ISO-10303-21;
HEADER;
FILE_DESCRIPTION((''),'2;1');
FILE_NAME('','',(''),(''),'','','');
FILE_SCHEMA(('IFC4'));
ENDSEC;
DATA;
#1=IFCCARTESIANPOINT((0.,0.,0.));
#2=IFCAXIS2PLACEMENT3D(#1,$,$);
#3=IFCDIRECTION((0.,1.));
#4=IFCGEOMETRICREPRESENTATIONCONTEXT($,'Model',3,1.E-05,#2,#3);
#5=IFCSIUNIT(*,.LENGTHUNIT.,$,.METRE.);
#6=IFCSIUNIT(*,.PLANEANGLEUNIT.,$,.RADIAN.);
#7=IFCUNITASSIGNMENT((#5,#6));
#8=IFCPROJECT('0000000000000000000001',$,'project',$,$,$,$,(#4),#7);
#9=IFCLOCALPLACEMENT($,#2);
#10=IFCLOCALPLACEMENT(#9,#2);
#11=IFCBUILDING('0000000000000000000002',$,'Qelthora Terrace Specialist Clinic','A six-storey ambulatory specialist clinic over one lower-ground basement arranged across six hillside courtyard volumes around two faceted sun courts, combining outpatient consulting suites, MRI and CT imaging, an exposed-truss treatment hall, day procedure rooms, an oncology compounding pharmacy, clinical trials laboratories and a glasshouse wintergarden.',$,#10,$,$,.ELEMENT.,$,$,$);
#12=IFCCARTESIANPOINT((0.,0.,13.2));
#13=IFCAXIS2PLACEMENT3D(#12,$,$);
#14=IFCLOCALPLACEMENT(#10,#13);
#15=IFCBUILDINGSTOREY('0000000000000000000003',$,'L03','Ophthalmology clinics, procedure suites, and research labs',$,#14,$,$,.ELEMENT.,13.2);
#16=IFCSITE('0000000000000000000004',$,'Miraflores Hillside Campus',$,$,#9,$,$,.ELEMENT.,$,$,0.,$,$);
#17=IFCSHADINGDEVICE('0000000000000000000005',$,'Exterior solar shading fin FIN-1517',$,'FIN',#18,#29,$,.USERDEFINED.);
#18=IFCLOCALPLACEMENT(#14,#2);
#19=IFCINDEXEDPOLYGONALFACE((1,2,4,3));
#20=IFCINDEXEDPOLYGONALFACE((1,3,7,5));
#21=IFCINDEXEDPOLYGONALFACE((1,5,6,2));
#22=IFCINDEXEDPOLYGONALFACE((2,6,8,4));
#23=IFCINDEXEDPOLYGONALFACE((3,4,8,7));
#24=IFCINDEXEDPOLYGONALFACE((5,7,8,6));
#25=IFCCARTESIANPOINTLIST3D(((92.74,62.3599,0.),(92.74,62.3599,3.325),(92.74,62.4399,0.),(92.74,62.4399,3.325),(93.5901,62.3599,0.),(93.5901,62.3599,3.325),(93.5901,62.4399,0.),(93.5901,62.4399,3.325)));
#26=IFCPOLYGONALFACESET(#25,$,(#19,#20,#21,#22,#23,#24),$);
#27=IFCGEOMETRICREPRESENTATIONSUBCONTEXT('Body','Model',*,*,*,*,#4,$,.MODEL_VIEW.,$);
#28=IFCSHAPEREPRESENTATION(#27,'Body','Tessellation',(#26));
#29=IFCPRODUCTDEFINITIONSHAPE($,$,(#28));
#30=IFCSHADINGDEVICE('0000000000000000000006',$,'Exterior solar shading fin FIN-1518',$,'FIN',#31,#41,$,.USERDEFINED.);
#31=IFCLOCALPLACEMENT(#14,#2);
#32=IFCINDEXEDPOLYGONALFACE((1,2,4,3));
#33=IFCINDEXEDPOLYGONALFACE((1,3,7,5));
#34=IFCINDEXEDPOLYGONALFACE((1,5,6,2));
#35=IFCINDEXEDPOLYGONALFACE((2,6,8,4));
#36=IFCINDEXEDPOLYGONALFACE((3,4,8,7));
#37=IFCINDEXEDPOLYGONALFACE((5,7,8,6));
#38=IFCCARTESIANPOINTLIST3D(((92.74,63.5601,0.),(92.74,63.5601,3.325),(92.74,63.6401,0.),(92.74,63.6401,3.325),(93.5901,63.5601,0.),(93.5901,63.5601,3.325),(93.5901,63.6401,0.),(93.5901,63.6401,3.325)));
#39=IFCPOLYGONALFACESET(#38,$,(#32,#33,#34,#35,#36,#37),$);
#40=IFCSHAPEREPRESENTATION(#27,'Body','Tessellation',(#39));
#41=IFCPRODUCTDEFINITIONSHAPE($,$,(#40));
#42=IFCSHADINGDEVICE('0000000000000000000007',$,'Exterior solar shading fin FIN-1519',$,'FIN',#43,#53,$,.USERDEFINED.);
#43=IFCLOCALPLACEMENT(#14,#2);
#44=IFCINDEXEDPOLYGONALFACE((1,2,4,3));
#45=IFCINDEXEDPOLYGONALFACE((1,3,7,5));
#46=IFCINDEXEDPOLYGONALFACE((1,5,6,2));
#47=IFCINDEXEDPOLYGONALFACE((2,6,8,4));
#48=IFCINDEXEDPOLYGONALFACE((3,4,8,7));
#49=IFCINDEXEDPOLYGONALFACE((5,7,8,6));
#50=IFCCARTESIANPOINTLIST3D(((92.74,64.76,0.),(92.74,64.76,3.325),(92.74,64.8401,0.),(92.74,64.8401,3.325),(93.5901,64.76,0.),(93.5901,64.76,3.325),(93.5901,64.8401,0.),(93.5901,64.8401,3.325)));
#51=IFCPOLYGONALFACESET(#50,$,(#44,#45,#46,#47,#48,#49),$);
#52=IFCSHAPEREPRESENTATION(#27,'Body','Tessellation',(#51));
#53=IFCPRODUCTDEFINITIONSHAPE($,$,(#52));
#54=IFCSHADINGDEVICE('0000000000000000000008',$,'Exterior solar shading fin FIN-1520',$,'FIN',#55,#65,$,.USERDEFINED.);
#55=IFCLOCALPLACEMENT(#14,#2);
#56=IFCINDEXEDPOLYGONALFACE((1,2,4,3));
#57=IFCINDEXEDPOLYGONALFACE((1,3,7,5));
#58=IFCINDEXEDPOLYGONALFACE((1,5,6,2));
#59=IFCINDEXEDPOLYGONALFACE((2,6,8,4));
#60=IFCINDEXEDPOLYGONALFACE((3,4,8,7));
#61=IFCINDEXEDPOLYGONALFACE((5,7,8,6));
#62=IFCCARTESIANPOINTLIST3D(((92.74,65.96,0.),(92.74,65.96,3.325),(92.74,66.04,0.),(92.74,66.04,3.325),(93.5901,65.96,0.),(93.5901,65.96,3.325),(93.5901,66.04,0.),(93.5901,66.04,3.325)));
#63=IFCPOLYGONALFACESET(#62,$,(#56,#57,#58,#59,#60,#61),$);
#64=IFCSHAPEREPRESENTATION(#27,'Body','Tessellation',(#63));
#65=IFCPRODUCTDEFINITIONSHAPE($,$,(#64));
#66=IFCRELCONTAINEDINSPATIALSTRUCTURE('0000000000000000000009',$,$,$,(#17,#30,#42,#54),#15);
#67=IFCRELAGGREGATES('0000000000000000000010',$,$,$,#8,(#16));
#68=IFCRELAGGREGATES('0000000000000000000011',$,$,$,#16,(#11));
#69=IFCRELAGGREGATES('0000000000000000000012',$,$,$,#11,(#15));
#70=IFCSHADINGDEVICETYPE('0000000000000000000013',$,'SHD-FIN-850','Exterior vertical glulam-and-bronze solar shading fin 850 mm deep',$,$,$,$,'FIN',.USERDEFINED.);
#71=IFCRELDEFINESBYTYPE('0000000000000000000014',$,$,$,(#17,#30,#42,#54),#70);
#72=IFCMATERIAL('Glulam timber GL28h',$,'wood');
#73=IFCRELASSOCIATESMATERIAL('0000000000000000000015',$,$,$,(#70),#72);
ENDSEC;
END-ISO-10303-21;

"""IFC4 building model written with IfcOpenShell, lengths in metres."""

from ifc_helpers import new_model, si_unit, direction, frame, origin, origin_2d, place, context, subcontext, project, spatial, rectangle, extrude, material, type_object, element, save


model = new_model("IFC4")

# Units and contexts
model_context = context("Model", 3, precision=1e-05, world=origin(), true_north=direction((0.0, 1.0)))
body_context = subcontext(model_context, "Body", "Model", "MODEL_VIEW")
ifc_project = project(units=[si_unit("LENGTHUNIT", "METRE"), si_unit("PLANEANGLEUNIT", "RADIAN")], contexts=[model_context])

# Site, building, storey
site_placement = place(None, origin())
site = spatial("IfcSite", under=ifc_project, at=site_placement, Name="Miraflores Hillside Campus", CompositionType="ELEMENT", RefElevation=0.0)
building_placement = place(site_placement, origin())
building = spatial("IfcBuilding", under=site, at=building_placement, Name="Qelthora Terrace Specialist Clinic", Description="A six-storey ambulatory specialist clinic over one lower-ground basement arranged across six hillside courtyard volumes around two faceted sun courts, combining outpatient consulting suites, MRI and CT imaging, an exposed-truss treatment hall, day procedure rooms, an oncology compounding pharmacy, clinical trials laboratories and a glasshouse wintergarden.", CompositionType="ELEMENT")
storey_placement = place(building_placement, frame((0.0, 0.0, 13.2)))
storey = spatial("IfcBuildingStorey", under=building, at=storey_placement, Name="L03", Description="Ophthalmology clinics, procedure suites, and research labs", CompositionType="ELEMENT", Elevation=13.2)

# Shading devices
ifc_material_1 = material(Name="Glulam timber GL28h", Category="wood")
shading_device_type = type_object("IfcShadingDeviceType", Name="SHD-FIN-850", Description="Exterior vertical glulam-and-bronze solar shading fin 850 mm deep", ElementType="FIN", PredefinedType="USERDEFINED", material=ifc_material_1)
for number, where, z_axis, x_axis, name in (
    (1, (93.165, 62.3999, 0.0), (0.0, 0.0, 1.0), (-1.0, 0.0, 0.0), "Exterior solar shading fin FIN-1517"),
    (2, (93.165, 63.6001, 0.0), (0.0, 0.0, 1.0), (-1.0, 0.0, 0.0), "Exterior solar shading fin FIN-1518"),
    (3, (93.165, 64.8, 0.0), (0.0, 0.0, 1.0), (-1.0, 0.0, 0.0), "Exterior solar shading fin FIN-1519"),
    (4, (93.165, 66.0, 0.0), (0.0, 0.0, 1.0), (-1.0, 0.0, 0.0), "Exterior solar shading fin FIN-1520"),
):
    element("IfcShadingDevice", number, at=place(storey_placement, frame(where, z_axis=z_axis, x_axis=x_axis)), inside=storey, type_object=shading_device_type, Name=name, ObjectType="FIN", PredefinedType="USERDEFINED", context=body_context, shape_type="SweptSolid", body=[
        extrude(rectangle(XDim=0.8501, YDim=0.0801, at=origin_2d()), origin(), (0.0, 0.0, 1.0), 3.325),
    ])

save(model, "model.ifc")
